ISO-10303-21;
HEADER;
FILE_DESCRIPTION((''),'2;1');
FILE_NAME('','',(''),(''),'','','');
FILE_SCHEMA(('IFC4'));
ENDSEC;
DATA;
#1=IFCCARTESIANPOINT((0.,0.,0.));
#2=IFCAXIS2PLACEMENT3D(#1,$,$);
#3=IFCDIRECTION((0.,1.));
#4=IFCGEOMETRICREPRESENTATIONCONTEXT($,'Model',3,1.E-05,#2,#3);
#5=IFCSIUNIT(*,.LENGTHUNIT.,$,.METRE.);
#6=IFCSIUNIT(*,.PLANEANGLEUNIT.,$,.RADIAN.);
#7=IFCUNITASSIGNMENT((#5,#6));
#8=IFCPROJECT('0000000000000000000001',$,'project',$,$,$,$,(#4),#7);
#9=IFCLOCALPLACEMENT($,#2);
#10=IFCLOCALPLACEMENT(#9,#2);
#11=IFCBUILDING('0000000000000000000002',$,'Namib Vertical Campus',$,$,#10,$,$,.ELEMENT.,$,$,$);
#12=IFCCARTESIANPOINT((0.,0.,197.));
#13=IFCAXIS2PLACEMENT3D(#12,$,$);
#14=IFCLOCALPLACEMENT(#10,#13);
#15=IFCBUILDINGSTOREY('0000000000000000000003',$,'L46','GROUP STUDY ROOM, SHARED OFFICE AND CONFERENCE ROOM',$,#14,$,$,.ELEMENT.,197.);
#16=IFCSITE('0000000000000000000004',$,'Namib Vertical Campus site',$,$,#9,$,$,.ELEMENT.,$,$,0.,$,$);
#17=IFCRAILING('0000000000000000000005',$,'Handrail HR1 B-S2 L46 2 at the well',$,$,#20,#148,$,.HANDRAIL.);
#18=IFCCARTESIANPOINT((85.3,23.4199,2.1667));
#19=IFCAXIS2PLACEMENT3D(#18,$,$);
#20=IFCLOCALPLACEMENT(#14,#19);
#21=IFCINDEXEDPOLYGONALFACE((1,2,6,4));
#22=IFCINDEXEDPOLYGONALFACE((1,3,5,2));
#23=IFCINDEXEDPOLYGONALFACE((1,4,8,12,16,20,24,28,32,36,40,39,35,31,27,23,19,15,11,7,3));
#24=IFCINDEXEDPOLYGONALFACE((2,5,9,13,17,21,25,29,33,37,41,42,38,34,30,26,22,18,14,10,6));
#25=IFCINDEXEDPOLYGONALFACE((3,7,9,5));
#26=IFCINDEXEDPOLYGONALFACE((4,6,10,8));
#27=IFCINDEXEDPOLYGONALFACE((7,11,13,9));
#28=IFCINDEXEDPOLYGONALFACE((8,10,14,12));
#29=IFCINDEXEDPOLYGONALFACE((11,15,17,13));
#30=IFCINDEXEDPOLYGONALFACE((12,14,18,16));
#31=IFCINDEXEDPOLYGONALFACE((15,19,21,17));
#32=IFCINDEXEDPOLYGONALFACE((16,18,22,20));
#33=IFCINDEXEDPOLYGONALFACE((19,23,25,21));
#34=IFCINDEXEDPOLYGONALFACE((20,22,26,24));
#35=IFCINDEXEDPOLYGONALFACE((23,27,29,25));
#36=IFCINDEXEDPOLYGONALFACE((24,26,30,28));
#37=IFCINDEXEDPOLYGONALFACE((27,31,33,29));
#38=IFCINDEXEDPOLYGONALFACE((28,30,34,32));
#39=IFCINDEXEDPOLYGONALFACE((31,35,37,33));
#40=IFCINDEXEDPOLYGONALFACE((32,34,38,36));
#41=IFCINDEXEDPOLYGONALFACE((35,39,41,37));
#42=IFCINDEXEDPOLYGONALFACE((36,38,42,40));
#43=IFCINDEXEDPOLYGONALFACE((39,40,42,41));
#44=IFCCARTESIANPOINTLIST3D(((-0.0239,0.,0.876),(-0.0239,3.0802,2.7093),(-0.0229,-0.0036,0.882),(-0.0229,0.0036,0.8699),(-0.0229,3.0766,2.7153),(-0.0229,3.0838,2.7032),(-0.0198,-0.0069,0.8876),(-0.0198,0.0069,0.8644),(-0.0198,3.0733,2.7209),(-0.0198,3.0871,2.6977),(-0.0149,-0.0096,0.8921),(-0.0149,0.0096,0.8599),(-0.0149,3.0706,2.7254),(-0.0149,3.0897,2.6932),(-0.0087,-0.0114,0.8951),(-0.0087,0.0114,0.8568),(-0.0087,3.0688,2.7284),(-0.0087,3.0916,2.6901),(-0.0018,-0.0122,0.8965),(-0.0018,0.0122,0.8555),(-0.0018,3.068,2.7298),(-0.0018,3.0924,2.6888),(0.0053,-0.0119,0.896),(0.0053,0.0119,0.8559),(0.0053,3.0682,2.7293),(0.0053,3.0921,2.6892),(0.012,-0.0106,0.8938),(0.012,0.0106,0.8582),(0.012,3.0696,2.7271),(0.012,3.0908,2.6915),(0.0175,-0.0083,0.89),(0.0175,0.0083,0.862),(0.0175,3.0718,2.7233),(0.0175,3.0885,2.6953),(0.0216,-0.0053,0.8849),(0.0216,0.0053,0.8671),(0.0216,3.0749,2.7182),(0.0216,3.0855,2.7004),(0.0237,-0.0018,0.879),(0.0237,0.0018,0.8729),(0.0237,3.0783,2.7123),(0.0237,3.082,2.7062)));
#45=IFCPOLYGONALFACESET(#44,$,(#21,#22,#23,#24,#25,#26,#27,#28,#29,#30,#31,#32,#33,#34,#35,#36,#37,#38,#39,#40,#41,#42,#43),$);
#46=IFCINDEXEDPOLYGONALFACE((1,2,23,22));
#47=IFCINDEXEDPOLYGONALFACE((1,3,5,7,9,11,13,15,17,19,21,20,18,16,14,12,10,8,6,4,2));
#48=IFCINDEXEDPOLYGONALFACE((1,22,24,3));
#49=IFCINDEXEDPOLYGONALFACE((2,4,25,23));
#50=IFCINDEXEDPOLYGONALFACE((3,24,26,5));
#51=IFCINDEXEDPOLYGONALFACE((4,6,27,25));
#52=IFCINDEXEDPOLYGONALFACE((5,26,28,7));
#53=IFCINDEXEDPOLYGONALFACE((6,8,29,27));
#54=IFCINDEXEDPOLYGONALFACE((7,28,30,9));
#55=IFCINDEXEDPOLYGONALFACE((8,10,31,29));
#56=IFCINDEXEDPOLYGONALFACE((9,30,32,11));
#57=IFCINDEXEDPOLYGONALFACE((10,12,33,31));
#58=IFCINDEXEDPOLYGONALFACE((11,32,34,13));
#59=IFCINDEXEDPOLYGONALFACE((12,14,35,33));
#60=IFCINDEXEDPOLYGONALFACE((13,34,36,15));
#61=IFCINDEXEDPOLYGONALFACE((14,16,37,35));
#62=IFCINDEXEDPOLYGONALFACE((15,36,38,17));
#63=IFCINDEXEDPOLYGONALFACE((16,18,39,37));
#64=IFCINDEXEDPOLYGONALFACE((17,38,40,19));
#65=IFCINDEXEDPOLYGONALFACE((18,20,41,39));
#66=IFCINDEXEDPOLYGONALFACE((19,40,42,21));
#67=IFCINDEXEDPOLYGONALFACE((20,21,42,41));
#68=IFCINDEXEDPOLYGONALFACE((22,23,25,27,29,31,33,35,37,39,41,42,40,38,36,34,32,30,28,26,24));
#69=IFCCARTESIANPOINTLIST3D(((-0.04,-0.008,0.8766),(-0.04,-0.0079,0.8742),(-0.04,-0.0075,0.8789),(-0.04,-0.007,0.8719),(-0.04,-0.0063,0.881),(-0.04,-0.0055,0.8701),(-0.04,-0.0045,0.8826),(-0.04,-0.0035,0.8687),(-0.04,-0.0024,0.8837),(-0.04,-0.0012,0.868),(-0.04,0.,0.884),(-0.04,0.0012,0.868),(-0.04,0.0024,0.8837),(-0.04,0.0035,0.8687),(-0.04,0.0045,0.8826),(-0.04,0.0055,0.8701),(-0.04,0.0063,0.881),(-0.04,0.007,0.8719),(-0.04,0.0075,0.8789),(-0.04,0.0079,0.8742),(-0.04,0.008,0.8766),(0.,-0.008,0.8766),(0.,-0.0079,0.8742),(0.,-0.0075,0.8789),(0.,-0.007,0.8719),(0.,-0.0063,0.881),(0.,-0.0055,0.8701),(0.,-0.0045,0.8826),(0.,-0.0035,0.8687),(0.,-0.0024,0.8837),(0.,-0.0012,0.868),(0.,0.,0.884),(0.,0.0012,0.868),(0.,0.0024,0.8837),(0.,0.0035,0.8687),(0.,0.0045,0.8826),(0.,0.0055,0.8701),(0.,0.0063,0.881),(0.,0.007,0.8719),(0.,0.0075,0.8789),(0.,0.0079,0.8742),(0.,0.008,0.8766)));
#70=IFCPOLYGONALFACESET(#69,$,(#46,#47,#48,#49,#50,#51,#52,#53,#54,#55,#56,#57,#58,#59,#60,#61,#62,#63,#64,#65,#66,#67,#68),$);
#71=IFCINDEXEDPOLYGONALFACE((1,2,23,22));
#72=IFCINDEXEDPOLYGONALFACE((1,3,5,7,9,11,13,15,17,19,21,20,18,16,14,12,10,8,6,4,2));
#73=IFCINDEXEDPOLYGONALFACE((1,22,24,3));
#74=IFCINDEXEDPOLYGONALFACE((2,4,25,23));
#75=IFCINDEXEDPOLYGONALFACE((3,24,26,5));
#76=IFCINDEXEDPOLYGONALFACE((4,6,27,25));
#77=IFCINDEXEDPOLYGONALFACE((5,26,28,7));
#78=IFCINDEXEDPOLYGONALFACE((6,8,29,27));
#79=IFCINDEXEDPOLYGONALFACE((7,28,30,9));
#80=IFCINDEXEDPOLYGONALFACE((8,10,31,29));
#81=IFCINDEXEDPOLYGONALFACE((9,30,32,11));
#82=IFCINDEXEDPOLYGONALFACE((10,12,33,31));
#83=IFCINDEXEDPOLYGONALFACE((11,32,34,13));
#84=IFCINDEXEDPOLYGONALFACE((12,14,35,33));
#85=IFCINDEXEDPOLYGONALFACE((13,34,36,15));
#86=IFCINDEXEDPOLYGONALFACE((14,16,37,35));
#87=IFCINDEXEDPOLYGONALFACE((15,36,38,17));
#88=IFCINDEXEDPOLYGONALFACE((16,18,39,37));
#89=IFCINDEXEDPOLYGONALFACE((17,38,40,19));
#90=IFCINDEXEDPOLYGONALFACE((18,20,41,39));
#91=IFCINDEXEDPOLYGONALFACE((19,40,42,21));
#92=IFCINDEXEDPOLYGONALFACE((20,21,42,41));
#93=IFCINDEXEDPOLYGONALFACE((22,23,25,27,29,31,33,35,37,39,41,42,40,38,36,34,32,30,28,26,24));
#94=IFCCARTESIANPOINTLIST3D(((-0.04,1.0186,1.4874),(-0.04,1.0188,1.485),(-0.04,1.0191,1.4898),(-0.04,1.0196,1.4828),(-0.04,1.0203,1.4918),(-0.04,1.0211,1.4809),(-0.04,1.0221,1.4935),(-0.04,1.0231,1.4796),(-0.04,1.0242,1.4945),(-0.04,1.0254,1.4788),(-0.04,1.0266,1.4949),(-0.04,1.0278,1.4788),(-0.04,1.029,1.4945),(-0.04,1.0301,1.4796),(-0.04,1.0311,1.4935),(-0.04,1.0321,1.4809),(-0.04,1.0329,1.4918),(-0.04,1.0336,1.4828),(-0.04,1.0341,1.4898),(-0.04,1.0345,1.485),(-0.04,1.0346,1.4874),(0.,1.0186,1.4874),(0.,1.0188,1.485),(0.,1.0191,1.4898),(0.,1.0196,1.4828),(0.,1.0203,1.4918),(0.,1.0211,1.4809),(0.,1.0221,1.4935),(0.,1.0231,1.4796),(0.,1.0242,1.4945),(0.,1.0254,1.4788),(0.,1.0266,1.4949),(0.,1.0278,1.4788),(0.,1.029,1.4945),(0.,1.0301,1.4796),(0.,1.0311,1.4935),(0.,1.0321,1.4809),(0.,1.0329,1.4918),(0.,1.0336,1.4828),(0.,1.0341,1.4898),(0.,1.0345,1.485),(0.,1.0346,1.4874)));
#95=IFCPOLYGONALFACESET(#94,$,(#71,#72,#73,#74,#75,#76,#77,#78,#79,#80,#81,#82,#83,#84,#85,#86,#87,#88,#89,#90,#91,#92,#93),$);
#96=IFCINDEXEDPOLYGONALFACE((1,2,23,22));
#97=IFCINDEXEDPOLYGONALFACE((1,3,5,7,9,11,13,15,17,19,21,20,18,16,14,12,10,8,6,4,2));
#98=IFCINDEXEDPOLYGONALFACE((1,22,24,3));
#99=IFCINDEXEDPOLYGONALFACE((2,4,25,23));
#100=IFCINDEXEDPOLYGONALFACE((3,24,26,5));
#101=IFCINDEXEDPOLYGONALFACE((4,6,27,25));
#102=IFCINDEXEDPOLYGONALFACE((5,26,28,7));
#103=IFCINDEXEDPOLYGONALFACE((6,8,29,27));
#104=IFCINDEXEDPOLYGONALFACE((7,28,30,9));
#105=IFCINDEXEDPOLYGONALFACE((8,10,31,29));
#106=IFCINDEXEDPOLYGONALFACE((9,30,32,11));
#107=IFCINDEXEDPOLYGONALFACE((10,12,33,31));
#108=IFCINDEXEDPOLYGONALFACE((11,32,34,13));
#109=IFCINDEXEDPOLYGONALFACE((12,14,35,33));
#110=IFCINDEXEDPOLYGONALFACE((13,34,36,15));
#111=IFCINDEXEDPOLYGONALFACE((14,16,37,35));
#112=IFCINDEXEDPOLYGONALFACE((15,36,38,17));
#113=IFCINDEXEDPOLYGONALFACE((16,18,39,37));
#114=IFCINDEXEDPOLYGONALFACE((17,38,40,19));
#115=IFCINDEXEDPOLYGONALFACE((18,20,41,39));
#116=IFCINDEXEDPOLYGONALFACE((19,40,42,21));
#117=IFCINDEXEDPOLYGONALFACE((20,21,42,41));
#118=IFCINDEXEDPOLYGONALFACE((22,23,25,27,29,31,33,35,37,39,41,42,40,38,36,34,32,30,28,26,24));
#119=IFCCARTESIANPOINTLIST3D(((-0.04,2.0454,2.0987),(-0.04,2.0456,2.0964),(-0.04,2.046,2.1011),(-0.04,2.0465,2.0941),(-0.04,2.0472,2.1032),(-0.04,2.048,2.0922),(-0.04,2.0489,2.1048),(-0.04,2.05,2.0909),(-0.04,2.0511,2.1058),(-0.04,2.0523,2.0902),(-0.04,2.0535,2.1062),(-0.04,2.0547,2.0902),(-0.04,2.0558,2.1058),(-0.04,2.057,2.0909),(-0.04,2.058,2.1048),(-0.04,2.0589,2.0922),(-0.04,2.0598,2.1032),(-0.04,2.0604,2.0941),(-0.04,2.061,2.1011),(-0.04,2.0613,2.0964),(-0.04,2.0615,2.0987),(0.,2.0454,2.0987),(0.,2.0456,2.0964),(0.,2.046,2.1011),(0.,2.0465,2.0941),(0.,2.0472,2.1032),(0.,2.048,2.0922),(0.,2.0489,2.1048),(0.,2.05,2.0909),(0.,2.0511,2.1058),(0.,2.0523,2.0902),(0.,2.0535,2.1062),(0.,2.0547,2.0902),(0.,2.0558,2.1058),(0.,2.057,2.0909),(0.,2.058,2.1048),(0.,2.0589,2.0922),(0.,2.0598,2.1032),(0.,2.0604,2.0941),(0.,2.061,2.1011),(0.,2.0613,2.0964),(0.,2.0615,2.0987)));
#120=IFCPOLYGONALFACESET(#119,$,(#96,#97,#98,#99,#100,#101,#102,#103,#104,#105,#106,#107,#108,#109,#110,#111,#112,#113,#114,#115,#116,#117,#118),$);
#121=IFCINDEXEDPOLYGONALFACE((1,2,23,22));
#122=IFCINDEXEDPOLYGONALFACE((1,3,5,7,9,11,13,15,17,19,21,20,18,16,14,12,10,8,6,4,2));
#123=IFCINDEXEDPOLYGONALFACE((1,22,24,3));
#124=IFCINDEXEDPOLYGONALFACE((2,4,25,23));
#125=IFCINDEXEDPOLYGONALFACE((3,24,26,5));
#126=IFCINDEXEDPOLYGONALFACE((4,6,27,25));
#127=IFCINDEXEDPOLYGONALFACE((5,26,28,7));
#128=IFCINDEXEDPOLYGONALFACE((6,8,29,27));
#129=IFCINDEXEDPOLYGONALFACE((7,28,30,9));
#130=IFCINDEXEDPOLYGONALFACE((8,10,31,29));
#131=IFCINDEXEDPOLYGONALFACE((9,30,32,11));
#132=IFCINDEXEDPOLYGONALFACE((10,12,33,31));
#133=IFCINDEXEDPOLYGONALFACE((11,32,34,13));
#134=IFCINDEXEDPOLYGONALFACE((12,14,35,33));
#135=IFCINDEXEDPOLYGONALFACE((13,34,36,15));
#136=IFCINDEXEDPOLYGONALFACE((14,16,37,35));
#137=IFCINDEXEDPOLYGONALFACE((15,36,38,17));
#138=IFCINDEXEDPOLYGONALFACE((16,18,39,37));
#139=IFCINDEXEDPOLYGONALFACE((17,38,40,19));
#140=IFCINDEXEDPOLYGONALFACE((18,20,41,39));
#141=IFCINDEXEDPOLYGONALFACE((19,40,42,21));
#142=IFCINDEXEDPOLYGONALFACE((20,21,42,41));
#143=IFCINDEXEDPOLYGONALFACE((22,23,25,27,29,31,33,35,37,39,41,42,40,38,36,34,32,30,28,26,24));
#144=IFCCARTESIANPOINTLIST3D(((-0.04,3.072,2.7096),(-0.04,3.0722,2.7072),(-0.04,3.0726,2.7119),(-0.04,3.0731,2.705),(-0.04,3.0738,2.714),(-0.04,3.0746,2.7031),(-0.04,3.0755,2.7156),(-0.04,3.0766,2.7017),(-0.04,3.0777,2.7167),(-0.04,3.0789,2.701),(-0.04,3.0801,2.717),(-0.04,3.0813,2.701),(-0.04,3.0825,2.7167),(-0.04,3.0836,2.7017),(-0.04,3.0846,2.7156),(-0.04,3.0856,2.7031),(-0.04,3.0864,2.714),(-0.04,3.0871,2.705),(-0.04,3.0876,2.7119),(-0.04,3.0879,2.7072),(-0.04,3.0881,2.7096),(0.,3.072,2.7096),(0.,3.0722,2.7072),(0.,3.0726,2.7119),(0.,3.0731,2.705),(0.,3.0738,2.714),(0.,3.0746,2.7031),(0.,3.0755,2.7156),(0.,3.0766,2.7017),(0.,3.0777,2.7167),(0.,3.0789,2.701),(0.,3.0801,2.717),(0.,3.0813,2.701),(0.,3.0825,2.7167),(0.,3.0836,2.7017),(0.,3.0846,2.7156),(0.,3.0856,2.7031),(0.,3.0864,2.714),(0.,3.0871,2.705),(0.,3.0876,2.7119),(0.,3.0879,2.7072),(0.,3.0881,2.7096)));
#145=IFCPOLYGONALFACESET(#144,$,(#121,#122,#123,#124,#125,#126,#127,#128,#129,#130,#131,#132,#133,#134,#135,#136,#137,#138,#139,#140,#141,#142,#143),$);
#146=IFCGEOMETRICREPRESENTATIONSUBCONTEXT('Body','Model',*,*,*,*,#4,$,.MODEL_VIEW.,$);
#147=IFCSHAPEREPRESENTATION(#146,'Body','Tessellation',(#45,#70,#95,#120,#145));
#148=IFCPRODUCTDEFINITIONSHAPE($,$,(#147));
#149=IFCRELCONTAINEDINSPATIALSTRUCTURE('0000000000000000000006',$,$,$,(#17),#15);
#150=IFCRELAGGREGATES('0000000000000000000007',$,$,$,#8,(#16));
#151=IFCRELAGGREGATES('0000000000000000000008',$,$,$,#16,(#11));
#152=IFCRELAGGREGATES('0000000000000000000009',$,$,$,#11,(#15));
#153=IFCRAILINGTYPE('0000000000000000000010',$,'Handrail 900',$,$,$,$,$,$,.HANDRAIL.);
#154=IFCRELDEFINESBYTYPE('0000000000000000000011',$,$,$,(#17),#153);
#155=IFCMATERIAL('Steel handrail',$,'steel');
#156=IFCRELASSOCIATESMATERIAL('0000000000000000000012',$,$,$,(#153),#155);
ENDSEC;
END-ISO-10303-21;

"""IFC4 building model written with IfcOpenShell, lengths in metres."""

from ifc_helpers import new_model, si_unit, direction, frame, origin, origin_2d, place, context, subcontext, project, spatial, circle, extrude, material, type_object, element, save


model = new_model("IFC4")

# Units and contexts
model_context = context("Model", 3, precision=1e-05, world=origin(), true_north=direction((0.0, 1.0)))
body_context = subcontext(model_context, "Body", "Model", "MODEL_VIEW")
ifc_project = project(units=[si_unit("LENGTHUNIT", "METRE"), si_unit("PLANEANGLEUNIT", "RADIAN")], contexts=[model_context])

# Site, building, storey
site_placement = place(None, origin())
site = spatial("IfcSite", under=ifc_project, at=site_placement, Name="Namib Vertical Campus site", CompositionType="ELEMENT", RefElevation=0.0)
building_placement = place(site_placement, origin())
building = spatial("IfcBuilding", under=site, at=building_placement, Name="Namib Vertical Campus", CompositionType="ELEMENT")
storey_placement = place(building_placement, frame((0.0, 0.0, 197.0)))
storey = spatial("IfcBuildingStorey", under=building, at=storey_placement, Name="L46", Description="GROUP STUDY ROOM, SHARED OFFICE AND CONFERENCE ROOM", CompositionType="ELEMENT", Elevation=197.0)

# Railing
ifc_material_1 = material(Name="Steel handrail", Category="steel")
railing_type_1 = type_object("IfcRailingType", Name="Handrail 900", PredefinedType="HANDRAIL", material=ifc_material_1)
railing_1_placement = place(storey_placement, frame((85.3, 23.4199, 2.1667)))
element("IfcRailing", 1, at=railing_1_placement, inside=storey, type_object=railing_type_1, Name="Handrail HR1 B-S2 L46 2 at the well", PredefinedType="HANDRAIL", context=body_context, shape_type="SweptSolid", body=[
    extrude(circle(Radius=0.0239, at=origin_2d()), frame((0.0, 0.0, 0.876), z_axis=(0.0, 0.859309, 0.511458), x_axis=(-1.0, 0.0, 0.0)), (0.0, 0.0, 1.0), 3.5845),
    extrude(circle(Radius=0.0081, at=origin_2d()), frame((0.0, 0.0, 0.876), z_axis=(-1.0, 0.0, 0.0), x_axis=(0.0, 0.0, 1.0)), (0.0, 0.0, 1.0), 0.04),
    extrude(circle(Radius=0.0081, at=origin_2d()), frame((0.0, 1.0266, 1.4868), z_axis=(-1.0, 0.0, 0.0), x_axis=(0.0, 0.0, 1.0)), (0.0, 0.0, 1.0), 0.04),
    extrude(circle(Radius=0.0081, at=origin_2d()), frame((0.0, 2.0535, 2.0981), z_axis=(-1.0, 0.0, 0.0), x_axis=(0.0, 0.0, 1.0)), (0.0, 0.0, 1.0), 0.04),
    extrude(circle(Radius=0.0081, at=origin_2d()), frame((0.0, 3.0801, 2.709), z_axis=(-1.0, 0.0, 0.0), x_axis=(0.0, 0.0, 1.0)), (0.0, 0.0, 1.0), 0.04),
])

save(model, "model.ifc")
